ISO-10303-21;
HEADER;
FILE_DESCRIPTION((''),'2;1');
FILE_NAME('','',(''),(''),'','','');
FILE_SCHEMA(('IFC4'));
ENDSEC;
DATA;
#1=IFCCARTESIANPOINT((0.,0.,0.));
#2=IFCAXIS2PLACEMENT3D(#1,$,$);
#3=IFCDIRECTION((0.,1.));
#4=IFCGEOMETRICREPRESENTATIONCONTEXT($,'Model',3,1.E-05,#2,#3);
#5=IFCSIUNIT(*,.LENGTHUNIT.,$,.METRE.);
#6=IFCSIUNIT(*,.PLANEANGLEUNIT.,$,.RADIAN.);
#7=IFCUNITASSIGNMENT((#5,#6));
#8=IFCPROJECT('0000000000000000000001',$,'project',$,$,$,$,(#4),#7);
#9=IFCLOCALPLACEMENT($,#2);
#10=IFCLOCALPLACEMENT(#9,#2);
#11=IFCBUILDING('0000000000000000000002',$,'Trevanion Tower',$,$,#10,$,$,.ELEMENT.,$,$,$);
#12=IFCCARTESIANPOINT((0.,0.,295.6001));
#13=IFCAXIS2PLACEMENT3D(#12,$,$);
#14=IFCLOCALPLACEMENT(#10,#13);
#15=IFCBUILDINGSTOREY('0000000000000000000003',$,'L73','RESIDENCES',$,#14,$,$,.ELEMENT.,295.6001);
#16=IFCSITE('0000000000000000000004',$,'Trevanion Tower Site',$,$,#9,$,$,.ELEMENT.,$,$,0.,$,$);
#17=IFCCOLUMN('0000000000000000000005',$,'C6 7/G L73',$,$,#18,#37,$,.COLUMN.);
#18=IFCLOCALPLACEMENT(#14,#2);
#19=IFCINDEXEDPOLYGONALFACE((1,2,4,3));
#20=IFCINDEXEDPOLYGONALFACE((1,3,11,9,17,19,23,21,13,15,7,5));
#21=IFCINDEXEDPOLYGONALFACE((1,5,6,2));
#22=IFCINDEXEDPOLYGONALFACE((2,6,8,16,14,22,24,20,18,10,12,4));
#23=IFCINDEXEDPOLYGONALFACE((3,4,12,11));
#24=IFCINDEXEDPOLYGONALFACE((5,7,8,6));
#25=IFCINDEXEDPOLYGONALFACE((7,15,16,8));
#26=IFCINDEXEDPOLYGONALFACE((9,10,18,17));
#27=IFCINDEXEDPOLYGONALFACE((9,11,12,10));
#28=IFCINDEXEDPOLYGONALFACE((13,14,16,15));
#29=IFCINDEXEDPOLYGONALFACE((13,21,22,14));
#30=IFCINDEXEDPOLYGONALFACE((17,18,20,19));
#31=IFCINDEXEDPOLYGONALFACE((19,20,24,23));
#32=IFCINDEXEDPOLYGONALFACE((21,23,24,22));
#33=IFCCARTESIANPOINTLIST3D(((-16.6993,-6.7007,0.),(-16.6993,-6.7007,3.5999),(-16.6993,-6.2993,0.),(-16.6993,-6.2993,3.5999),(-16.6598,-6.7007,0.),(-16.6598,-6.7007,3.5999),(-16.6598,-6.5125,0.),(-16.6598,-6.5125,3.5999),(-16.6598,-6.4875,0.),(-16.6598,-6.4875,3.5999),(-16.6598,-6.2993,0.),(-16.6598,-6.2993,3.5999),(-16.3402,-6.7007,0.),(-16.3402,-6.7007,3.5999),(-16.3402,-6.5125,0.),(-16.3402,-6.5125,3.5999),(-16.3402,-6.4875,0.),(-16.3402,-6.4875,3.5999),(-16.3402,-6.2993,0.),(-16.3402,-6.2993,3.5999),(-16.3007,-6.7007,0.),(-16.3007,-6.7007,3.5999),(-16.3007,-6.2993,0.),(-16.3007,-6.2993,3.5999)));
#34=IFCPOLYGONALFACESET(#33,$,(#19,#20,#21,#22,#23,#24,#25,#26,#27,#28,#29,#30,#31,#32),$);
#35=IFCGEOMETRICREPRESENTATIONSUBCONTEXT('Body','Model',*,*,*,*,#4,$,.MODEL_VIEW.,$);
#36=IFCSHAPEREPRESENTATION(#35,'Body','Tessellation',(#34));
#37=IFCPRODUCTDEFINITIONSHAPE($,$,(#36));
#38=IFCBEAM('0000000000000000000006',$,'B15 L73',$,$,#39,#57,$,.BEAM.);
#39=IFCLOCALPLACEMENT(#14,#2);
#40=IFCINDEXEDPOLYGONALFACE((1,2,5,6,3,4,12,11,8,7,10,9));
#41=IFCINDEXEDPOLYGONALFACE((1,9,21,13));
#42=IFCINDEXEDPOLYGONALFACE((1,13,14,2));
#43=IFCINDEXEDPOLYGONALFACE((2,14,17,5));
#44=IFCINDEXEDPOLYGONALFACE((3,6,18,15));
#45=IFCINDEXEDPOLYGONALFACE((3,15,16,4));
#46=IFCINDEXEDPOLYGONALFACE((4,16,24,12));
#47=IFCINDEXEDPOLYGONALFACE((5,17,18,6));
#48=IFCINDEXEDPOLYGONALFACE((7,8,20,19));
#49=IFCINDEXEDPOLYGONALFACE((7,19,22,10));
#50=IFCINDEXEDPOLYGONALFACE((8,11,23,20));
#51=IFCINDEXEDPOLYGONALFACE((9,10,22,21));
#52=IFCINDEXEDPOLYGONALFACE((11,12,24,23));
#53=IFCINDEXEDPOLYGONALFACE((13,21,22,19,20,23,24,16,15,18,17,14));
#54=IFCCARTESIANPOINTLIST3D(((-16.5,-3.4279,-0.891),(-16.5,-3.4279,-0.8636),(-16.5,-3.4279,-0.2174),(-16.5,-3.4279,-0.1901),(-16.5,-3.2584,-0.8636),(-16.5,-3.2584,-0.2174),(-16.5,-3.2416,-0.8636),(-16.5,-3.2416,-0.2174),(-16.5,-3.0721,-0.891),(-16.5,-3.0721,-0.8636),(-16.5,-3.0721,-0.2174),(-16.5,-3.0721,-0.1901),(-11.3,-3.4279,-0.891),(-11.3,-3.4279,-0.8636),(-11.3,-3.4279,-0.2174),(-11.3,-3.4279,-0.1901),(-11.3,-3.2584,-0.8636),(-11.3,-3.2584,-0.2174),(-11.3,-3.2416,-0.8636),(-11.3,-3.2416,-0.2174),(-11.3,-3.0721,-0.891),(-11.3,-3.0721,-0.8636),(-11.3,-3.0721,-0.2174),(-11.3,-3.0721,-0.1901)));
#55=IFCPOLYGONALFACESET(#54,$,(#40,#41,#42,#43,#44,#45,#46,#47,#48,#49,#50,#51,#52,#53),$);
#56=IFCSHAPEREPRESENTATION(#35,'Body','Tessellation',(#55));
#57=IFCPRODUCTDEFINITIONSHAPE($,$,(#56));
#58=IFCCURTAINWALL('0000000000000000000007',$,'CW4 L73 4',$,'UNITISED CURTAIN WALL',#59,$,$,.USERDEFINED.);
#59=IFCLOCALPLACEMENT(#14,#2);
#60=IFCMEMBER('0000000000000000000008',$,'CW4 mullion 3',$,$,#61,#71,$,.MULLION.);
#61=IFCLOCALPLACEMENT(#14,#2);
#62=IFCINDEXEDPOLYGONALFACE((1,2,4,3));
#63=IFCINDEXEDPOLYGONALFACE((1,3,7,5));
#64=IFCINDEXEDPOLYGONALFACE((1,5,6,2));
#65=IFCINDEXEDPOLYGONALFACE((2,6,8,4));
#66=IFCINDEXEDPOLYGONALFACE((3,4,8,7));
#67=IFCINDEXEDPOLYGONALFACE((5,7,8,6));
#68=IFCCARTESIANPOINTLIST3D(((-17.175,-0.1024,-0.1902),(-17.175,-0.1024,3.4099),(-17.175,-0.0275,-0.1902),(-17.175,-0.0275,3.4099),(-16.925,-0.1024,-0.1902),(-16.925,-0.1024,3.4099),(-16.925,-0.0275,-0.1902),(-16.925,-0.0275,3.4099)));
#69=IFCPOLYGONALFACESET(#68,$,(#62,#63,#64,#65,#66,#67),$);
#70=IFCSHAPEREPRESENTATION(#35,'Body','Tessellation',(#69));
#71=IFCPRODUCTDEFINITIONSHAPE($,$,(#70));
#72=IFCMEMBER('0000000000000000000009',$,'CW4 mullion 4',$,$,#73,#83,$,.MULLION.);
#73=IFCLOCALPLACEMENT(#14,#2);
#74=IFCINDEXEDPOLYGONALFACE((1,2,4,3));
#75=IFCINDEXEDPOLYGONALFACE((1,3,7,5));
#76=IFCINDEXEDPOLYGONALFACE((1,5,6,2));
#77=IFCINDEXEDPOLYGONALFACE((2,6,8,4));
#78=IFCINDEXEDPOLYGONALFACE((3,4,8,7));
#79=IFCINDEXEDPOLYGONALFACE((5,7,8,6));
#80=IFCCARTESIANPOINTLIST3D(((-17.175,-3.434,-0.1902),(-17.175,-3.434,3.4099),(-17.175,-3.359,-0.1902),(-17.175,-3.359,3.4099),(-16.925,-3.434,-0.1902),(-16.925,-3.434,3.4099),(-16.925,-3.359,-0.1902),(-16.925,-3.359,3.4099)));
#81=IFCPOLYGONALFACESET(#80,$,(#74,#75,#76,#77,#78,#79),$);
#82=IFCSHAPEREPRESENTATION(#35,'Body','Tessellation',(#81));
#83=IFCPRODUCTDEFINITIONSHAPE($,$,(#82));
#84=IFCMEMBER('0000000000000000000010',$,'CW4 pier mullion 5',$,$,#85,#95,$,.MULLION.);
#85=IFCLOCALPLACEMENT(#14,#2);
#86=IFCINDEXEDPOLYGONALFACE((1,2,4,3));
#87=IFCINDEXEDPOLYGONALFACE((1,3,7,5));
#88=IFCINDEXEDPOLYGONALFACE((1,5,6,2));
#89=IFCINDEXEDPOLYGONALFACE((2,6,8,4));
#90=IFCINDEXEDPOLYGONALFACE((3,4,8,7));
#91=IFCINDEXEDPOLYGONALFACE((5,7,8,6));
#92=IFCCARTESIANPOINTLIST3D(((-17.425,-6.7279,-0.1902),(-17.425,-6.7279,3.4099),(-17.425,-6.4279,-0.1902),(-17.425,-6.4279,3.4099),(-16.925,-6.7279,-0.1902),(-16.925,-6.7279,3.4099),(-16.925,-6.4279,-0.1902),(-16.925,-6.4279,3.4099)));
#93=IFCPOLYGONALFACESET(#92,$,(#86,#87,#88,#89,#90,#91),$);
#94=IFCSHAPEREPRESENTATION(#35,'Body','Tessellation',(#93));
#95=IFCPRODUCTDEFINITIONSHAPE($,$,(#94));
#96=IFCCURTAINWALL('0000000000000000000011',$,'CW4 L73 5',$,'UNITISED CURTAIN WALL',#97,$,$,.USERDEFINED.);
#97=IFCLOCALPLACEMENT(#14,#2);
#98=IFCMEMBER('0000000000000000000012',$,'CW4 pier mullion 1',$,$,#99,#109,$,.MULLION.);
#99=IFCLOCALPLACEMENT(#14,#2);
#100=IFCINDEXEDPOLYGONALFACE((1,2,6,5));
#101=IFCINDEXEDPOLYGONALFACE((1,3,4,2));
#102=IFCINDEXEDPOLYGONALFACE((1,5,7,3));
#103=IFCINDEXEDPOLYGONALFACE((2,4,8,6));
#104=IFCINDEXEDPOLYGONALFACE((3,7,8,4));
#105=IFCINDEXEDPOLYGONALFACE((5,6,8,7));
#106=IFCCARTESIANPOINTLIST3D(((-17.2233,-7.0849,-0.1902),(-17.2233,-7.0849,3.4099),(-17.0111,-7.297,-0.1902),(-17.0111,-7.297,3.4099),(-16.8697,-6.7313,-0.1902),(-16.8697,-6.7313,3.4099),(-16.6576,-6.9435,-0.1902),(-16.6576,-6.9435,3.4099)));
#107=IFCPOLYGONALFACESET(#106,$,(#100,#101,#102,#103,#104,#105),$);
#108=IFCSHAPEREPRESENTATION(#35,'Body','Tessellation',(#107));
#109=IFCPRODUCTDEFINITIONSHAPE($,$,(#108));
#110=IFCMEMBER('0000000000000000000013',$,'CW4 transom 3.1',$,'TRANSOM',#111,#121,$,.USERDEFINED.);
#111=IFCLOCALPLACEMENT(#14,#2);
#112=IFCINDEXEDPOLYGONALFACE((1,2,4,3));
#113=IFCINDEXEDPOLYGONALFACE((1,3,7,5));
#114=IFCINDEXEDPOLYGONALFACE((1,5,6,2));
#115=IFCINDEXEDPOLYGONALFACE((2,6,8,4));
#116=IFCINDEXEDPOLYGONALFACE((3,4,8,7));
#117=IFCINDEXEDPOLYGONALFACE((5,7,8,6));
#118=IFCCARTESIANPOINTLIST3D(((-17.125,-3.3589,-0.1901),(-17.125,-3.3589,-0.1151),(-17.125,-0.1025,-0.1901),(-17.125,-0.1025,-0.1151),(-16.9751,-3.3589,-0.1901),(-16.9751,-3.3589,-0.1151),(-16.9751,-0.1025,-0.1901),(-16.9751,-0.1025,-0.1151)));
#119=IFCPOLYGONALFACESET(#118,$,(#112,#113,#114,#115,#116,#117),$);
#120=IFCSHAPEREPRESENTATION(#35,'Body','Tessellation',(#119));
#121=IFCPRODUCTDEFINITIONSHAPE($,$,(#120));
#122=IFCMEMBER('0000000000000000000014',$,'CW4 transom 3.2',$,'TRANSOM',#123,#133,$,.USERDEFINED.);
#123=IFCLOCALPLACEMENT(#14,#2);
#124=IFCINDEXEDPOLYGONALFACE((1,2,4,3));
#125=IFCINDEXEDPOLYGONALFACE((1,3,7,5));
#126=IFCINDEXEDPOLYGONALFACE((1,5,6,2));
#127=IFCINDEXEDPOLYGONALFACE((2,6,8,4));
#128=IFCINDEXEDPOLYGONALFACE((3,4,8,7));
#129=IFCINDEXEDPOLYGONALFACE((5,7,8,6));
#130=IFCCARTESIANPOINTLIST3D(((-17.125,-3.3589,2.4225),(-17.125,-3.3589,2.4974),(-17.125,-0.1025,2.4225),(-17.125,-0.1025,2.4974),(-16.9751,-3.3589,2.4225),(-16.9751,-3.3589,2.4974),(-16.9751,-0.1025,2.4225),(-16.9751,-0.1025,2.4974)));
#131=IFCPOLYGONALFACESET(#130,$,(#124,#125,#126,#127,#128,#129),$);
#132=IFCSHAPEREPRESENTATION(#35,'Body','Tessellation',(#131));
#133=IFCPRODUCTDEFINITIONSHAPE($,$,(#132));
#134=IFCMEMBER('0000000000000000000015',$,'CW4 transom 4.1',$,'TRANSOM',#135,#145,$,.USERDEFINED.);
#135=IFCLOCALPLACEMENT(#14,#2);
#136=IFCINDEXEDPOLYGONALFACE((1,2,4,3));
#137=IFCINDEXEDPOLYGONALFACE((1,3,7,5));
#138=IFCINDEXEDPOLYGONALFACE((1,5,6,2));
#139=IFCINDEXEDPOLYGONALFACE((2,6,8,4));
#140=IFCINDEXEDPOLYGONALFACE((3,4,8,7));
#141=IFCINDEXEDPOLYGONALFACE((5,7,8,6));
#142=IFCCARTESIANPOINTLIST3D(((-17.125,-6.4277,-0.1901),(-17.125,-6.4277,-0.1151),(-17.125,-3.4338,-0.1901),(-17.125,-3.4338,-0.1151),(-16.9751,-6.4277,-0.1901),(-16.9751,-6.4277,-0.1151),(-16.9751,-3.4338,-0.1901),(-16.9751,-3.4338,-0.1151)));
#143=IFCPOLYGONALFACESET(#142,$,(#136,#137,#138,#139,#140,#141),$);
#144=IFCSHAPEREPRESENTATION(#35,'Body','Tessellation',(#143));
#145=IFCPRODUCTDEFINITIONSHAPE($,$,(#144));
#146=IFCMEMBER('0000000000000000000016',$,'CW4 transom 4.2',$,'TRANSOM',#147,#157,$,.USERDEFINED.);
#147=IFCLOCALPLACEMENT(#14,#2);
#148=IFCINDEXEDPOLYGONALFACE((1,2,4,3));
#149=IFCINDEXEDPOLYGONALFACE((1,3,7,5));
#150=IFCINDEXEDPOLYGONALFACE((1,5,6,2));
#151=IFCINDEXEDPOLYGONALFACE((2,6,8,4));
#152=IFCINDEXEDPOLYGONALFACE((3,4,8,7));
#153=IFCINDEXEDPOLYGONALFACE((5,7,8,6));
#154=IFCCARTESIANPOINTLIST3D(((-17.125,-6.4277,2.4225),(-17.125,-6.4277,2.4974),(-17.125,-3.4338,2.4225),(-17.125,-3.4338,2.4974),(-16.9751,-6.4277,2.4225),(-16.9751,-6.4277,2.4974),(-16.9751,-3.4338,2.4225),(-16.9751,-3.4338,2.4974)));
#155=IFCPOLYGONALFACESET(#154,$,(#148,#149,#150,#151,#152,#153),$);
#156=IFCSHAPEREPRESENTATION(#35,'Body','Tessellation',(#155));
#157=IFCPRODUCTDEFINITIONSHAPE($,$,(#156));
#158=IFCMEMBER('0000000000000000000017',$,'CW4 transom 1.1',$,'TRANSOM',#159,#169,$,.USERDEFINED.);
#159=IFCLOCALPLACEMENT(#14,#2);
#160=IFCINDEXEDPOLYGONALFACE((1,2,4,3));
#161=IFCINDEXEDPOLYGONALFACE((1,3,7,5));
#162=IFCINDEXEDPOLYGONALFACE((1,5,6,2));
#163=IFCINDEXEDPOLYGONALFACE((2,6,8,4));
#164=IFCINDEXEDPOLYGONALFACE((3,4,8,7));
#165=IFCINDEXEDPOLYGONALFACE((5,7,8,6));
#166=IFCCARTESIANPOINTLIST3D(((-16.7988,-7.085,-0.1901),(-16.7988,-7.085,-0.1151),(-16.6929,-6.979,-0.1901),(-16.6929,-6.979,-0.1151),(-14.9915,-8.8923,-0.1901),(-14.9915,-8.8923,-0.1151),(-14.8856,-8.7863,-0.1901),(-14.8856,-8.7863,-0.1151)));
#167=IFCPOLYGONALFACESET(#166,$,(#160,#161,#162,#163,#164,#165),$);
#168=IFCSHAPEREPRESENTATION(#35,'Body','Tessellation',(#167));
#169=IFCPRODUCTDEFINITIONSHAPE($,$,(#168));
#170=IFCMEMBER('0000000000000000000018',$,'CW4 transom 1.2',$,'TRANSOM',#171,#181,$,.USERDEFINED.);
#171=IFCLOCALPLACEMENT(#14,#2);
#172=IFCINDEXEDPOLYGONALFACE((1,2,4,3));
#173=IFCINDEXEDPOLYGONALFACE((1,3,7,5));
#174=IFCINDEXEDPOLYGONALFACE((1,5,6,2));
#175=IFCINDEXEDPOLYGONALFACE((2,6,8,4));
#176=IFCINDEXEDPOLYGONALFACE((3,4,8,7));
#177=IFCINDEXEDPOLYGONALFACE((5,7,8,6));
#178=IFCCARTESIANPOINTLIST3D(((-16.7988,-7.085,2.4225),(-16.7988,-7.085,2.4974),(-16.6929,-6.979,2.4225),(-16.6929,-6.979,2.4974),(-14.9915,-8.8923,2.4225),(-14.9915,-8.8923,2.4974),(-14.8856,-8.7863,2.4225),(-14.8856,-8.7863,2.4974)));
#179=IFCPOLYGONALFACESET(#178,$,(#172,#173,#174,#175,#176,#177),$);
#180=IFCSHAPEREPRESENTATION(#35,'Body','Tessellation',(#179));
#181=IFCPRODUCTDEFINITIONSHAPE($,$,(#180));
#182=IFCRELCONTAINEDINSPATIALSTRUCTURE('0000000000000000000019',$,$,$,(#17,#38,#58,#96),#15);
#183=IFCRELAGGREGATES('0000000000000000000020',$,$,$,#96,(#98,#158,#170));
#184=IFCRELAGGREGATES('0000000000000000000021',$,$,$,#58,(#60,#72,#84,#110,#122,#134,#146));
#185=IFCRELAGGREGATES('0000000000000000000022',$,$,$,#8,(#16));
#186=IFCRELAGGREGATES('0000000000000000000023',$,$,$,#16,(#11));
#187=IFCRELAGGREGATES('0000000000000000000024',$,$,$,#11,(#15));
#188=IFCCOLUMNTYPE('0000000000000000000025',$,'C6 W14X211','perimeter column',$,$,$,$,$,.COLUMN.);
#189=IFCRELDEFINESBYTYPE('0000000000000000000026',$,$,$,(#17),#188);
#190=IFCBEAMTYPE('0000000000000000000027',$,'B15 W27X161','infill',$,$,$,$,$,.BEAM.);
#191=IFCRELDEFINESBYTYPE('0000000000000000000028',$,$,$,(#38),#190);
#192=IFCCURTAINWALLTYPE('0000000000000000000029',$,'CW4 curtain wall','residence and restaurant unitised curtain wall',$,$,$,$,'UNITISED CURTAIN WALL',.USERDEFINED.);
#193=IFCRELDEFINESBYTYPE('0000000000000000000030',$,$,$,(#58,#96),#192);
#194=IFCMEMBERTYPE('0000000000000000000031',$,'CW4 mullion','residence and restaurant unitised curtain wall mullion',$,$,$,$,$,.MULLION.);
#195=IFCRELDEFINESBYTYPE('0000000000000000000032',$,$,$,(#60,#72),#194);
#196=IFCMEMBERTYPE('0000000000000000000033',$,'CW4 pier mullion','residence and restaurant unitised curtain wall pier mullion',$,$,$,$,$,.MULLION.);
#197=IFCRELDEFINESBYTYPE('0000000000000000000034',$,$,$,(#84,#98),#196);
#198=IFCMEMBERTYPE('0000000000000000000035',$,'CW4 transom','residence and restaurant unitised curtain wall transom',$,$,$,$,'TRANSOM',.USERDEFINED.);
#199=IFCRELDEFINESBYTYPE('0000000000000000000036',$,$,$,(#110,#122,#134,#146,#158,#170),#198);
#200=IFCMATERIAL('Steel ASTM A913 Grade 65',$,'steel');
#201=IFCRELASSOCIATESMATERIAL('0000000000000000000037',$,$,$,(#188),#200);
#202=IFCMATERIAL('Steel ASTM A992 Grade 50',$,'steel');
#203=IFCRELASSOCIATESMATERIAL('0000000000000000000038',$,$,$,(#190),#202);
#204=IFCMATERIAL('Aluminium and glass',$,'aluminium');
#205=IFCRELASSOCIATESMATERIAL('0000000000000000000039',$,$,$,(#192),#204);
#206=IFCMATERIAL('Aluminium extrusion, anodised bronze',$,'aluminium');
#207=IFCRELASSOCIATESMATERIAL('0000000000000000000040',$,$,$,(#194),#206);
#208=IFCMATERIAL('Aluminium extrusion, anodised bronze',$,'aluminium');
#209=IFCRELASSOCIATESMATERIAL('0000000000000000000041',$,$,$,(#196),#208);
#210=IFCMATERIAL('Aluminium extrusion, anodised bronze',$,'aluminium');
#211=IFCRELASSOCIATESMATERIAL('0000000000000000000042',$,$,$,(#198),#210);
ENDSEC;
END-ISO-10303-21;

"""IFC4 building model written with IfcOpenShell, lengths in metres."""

from ifc_helpers import new_model, si_unit, direction, frame, origin, origin_2d, place, context, subcontext, project, spatial, rectangle, i_section, extrude, material, material_profile, profile_set, type_object, element, aggregate, save


model = new_model("IFC4")

# Units and contexts
model_context = context("Model", 3, precision=1e-05, world=origin(), true_north=direction((0.0, 1.0)))
body_context = subcontext(model_context, "Body", "Model", "MODEL_VIEW")
ifc_project = project(units=[si_unit("LENGTHUNIT", "METRE"), si_unit("PLANEANGLEUNIT", "RADIAN")], contexts=[model_context])

# Site, building, storey
site_placement = place(None, origin())
site = spatial("IfcSite", under=ifc_project, at=site_placement, Name="Trevanion Tower Site", CompositionType="ELEMENT", RefElevation=0.0)
building_placement = place(site_placement, origin())
building = spatial("IfcBuilding", under=site, at=building_placement, Name="Trevanion Tower", CompositionType="ELEMENT")
storey_placement = place(building_placement, frame((0.0, 0.0, 295.6001)))
storey = spatial("IfcBuildingStorey", under=building, at=storey_placement, Name="L73", Description="RESIDENCES", CompositionType="ELEMENT", Elevation=295.6001)

# Column
ifc_material_1 = material(Name="Steel ASTM A913 Grade 65", Category="steel")
ifc_material_profile_1 = material_profile(ifc_material_1, i_section(OverallWidth=0.4014, OverallDepth=0.3987, WebThickness=0.0249, FlangeThickness=0.0396, at=origin_2d()), Name="W14X211")
ifc_profile_set_1 = profile_set([ifc_material_profile_1], Name="Steel ASTM A913 Grade 65")
column_type = type_object("IfcColumnType", Name="C6 W14X211", Description="perimeter column", PredefinedType="COLUMN", material=ifc_profile_set_1)
column_placement = place(storey_placement, frame((-16.5, -6.5, 0.0), z_axis=(0.0, 0.0, 1.0), x_axis=(0.0, 1.0, 0.0)))
element("IfcColumn", 1, at=column_placement, inside=storey, type_object=column_type, Name="C6 7/G L73", PredefinedType="COLUMN", context=body_context, shape_type="SweptSolid", body=[
    extrude(i_section(OverallWidth=0.4014, OverallDepth=0.3987, WebThickness=0.0249, FlangeThickness=0.0396, at=origin_2d()), origin(), (0.0, 0.0, 1.0), 3.5999),
])

# Beam
ifc_material_2 = material(Name="Steel ASTM A992 Grade 50", Category="steel")
ifc_material_profile_2 = material_profile(ifc_material_2, i_section(OverallWidth=0.3557, OverallDepth=0.7009, WebThickness=0.0168, FlangeThickness=0.0273, at=origin_2d()), Name="W27X161")
ifc_profile_set_2 = profile_set([ifc_material_profile_2], Name="Steel ASTM A992 Grade 50")
beam_type_1 = type_object("IfcBeamType", Name="B15 W27X161", Description="infill", PredefinedType="BEAM", material=ifc_profile_set_2)
beam_1_placement = place(storey_placement, frame((-11.3, -3.25, -0.5405), z_axis=(-1.0, 0.0, 0.0), x_axis=(0.0, -1.0, 0.0)))
element("IfcBeam", 2, at=beam_1_placement, inside=storey, type_object=beam_type_1, Name="B15 L73", PredefinedType="BEAM", context=body_context, shape_type="SweptSolid", body=[
    extrude(i_section(OverallWidth=0.3557, OverallDepth=0.7009, WebThickness=0.0168, FlangeThickness=0.0273, at=origin_2d()), origin(), (0.0, 0.0, 1.0), 5.2),
])

# Curtain wall, members
ifc_material_3 = material(Name="Aluminium and glass", Category="aluminium")
curtain_wall_type = type_object("IfcCurtainWallType", Name="CW4 curtain wall", Description="residence and restaurant unitised curtain wall", ElementType="UNITISED CURTAIN WALL", PredefinedType="USERDEFINED", material=ifc_material_3)
curtain_wall_1_placement = place(storey_placement, origin())
curtain_wall_1 = element("IfcCurtainWall", 3, at=curtain_wall_1_placement, inside=storey, type_object=curtain_wall_type, Name="CW4 L73 4", ObjectType="UNITISED CURTAIN WALL", PredefinedType="USERDEFINED")
ifc_material_4 = material(Name="Aluminium extrusion, anodised bronze", Category="aluminium")
ifc_material_profile_3 = material_profile(ifc_material_4, rectangle(XDim=0.075, YDim=0.25, at=origin_2d()), Name="CW4 mullion")
ifc_profile_set_3 = profile_set([ifc_material_profile_3], Name="Aluminium extrusion, anodised bronze")
member_type_1 = type_object("IfcMemberType", Name="CW4 mullion", Description="residence and restaurant unitised curtain wall mullion", PredefinedType="MULLION", material=ifc_profile_set_3)
member_1_placement = place(storey_placement, frame((-17.05, -0.0649, -0.1902), z_axis=(0.0, 0.0, 1.0), x_axis=(0.0, -1.0, 0.0)))
member_1 = element("IfcMember", 4, at=member_1_placement, type_object=member_type_1, Name="CW4 mullion 3", PredefinedType="MULLION", context=body_context, shape_type="SweptSolid", body=[
    extrude(rectangle(XDim=0.075, YDim=0.25, at=origin_2d()), origin(), (0.0, 0.0, 1.0), 3.6001),
])
member_2_placement = place(storey_placement, frame((-17.05, -3.3965, -0.1902), z_axis=(0.0, 0.0, 1.0), x_axis=(0.0, -1.0, 0.0)))
member_2 = element("IfcMember", 5, at=member_2_placement, type_object=member_type_1, Name="CW4 mullion 4", PredefinedType="MULLION", context=body_context, shape_type="SweptSolid", body=[
    extrude(rectangle(XDim=0.075, YDim=0.25, at=origin_2d()), origin(), (0.0, 0.0, 1.0), 3.6001),
])
ifc_material_5 = material(Name="Aluminium extrusion, anodised bronze", Category="aluminium")
ifc_material_profile_4 = material_profile(ifc_material_5, rectangle(XDim=0.3, YDim=0.5, at=origin_2d()), Name="CW4 pier mullion")
ifc_profile_set_4 = profile_set([ifc_material_profile_4], Name="Aluminium extrusion, anodised bronze")
member_type_2 = type_object("IfcMemberType", Name="CW4 pier mullion", Description="residence and restaurant unitised curtain wall pier mullion", PredefinedType="MULLION", material=ifc_profile_set_4)
member_3_placement = place(storey_placement, frame((-17.175, -6.5779, -0.1902), z_axis=(0.0, 0.0, 1.0), x_axis=(0.0, -1.0, 0.0)))
member_3 = element("IfcMember", 6, at=member_3_placement, type_object=member_type_2, Name="CW4 pier mullion 5", PredefinedType="MULLION", context=body_context, shape_type="SweptSolid", body=[
    extrude(rectangle(XDim=0.3, YDim=0.5, at=origin_2d()), origin(), (0.0, 0.0, 1.0), 3.6001),
])

# Curtain wall, member
curtain_wall_2_placement = place(storey_placement, origin())
curtain_wall_2 = element("IfcCurtainWall", 7, at=curtain_wall_2_placement, inside=storey, type_object=curtain_wall_type, Name="CW4 L73 5", ObjectType="UNITISED CURTAIN WALL", PredefinedType="USERDEFINED")
member_4_placement = place(storey_placement, frame((-16.9404, -7.0142, -0.1902), z_axis=(0.0, 0.0, 1.0), x_axis=(0.707107, -0.707107, 0.0)))
member_4 = element("IfcMember", 8, at=member_4_placement, type_object=member_type_2, Name="CW4 pier mullion 1", PredefinedType="MULLION", context=body_context, shape_type="SweptSolid", body=[
    extrude(rectangle(XDim=0.3, YDim=0.5, at=origin_2d()), origin(), (0.0, 0.0, 1.0), 3.6001),
])

# Members
ifc_material_6 = material(Name="Aluminium extrusion, anodised bronze", Category="aluminium")
ifc_material_profile_5 = material_profile(ifc_material_6, rectangle(XDim=0.1499, YDim=0.075, at=origin_2d()), Name="CW4 transom")
ifc_profile_set_5 = profile_set([ifc_material_profile_5], Name="Aluminium extrusion, anodised bronze")
member_type_3 = type_object("IfcMemberType", Name="CW4 transom", Description="residence and restaurant unitised curtain wall transom", ElementType="TRANSOM", PredefinedType="USERDEFINED", material=ifc_profile_set_5)
member_5_placement = place(storey_placement, frame((-17.05, -0.1025, -0.1526), z_axis=(0.0, -1.0, 0.0), x_axis=(1.0, 0.0, 0.0)))
member_5 = element("IfcMember", 9, at=member_5_placement, type_object=member_type_3, Name="CW4 transom 3.1", ObjectType="TRANSOM", PredefinedType="USERDEFINED", context=body_context, shape_type="SweptSolid", body=[
    extrude(rectangle(XDim=0.1499, YDim=0.075, at=origin_2d()), origin(), (0.0, 0.0, 1.0), 3.2563),
])
member_6_placement = place(storey_placement, frame((-17.05, -0.1025, 2.46), z_axis=(0.0, -1.0, 0.0), x_axis=(1.0, 0.0, 0.0)))
member_6 = element("IfcMember", 10, at=member_6_placement, type_object=member_type_3, Name="CW4 transom 3.2", ObjectType="TRANSOM", PredefinedType="USERDEFINED", context=body_context, shape_type="SweptSolid", body=[
    extrude(rectangle(XDim=0.1499, YDim=0.075, at=origin_2d()), origin(), (0.0, 0.0, 1.0), 3.2563),
])
member_7_placement = place(storey_placement, frame((-17.05, -3.4338, -0.1526), z_axis=(0.0, -1.0, 0.0), x_axis=(1.0, 0.0, 0.0)))
member_7 = element("IfcMember", 11, at=member_7_placement, type_object=member_type_3, Name="CW4 transom 4.1", ObjectType="TRANSOM", PredefinedType="USERDEFINED", context=body_context, shape_type="SweptSolid", body=[
    extrude(rectangle(XDim=0.1499, YDim=0.075, at=origin_2d()), origin(), (0.0, 0.0, 1.0), 2.9939),
])
member_8_placement = place(storey_placement, frame((-17.05, -3.4338, 2.46), z_axis=(0.0, -1.0, 0.0), x_axis=(1.0, 0.0, 0.0)))
member_8 = element("IfcMember", 12, at=member_8_placement, type_object=member_type_3, Name="CW4 transom 4.2", ObjectType="TRANSOM", PredefinedType="USERDEFINED", context=body_context, shape_type="SweptSolid", body=[
    extrude(rectangle(XDim=0.1499, YDim=0.075, at=origin_2d()), origin(), (0.0, 0.0, 1.0), 2.9939),
])
member_9_placement = place(storey_placement, frame((-16.7458, -7.032, -0.1526), z_axis=(0.707107, -0.707107, 0.0), x_axis=(0.707107, 0.707107, 0.0)))
member_9 = element("IfcMember", 13, at=member_9_placement, type_object=member_type_3, Name="CW4 transom 1.1", ObjectType="TRANSOM", PredefinedType="USERDEFINED", context=body_context, shape_type="SweptSolid", body=[
    extrude(rectangle(XDim=0.1499, YDim=0.075, at=origin_2d()), origin(), (0.0, 0.0, 1.0), 2.5559),
])
member_10_placement = place(storey_placement, frame((-16.7458, -7.032, 2.46), z_axis=(0.707107, -0.707107, 0.0), x_axis=(0.707107, 0.707107, 0.0)))
member_10 = element("IfcMember", 14, at=member_10_placement, type_object=member_type_3, Name="CW4 transom 1.2", ObjectType="TRANSOM", PredefinedType="USERDEFINED", context=body_context, shape_type="SweptSolid", body=[
    extrude(rectangle(XDim=0.1499, YDim=0.075, at=origin_2d()), origin(), (0.0, 0.0, 1.0), 2.5559),
])
aggregate(curtain_wall_2, [member_4, member_9, member_10])

aggregate(curtain_wall_1, [member_1, member_2, member_3, member_5, member_6, member_7, member_8])

save(model, "model.ifc")
